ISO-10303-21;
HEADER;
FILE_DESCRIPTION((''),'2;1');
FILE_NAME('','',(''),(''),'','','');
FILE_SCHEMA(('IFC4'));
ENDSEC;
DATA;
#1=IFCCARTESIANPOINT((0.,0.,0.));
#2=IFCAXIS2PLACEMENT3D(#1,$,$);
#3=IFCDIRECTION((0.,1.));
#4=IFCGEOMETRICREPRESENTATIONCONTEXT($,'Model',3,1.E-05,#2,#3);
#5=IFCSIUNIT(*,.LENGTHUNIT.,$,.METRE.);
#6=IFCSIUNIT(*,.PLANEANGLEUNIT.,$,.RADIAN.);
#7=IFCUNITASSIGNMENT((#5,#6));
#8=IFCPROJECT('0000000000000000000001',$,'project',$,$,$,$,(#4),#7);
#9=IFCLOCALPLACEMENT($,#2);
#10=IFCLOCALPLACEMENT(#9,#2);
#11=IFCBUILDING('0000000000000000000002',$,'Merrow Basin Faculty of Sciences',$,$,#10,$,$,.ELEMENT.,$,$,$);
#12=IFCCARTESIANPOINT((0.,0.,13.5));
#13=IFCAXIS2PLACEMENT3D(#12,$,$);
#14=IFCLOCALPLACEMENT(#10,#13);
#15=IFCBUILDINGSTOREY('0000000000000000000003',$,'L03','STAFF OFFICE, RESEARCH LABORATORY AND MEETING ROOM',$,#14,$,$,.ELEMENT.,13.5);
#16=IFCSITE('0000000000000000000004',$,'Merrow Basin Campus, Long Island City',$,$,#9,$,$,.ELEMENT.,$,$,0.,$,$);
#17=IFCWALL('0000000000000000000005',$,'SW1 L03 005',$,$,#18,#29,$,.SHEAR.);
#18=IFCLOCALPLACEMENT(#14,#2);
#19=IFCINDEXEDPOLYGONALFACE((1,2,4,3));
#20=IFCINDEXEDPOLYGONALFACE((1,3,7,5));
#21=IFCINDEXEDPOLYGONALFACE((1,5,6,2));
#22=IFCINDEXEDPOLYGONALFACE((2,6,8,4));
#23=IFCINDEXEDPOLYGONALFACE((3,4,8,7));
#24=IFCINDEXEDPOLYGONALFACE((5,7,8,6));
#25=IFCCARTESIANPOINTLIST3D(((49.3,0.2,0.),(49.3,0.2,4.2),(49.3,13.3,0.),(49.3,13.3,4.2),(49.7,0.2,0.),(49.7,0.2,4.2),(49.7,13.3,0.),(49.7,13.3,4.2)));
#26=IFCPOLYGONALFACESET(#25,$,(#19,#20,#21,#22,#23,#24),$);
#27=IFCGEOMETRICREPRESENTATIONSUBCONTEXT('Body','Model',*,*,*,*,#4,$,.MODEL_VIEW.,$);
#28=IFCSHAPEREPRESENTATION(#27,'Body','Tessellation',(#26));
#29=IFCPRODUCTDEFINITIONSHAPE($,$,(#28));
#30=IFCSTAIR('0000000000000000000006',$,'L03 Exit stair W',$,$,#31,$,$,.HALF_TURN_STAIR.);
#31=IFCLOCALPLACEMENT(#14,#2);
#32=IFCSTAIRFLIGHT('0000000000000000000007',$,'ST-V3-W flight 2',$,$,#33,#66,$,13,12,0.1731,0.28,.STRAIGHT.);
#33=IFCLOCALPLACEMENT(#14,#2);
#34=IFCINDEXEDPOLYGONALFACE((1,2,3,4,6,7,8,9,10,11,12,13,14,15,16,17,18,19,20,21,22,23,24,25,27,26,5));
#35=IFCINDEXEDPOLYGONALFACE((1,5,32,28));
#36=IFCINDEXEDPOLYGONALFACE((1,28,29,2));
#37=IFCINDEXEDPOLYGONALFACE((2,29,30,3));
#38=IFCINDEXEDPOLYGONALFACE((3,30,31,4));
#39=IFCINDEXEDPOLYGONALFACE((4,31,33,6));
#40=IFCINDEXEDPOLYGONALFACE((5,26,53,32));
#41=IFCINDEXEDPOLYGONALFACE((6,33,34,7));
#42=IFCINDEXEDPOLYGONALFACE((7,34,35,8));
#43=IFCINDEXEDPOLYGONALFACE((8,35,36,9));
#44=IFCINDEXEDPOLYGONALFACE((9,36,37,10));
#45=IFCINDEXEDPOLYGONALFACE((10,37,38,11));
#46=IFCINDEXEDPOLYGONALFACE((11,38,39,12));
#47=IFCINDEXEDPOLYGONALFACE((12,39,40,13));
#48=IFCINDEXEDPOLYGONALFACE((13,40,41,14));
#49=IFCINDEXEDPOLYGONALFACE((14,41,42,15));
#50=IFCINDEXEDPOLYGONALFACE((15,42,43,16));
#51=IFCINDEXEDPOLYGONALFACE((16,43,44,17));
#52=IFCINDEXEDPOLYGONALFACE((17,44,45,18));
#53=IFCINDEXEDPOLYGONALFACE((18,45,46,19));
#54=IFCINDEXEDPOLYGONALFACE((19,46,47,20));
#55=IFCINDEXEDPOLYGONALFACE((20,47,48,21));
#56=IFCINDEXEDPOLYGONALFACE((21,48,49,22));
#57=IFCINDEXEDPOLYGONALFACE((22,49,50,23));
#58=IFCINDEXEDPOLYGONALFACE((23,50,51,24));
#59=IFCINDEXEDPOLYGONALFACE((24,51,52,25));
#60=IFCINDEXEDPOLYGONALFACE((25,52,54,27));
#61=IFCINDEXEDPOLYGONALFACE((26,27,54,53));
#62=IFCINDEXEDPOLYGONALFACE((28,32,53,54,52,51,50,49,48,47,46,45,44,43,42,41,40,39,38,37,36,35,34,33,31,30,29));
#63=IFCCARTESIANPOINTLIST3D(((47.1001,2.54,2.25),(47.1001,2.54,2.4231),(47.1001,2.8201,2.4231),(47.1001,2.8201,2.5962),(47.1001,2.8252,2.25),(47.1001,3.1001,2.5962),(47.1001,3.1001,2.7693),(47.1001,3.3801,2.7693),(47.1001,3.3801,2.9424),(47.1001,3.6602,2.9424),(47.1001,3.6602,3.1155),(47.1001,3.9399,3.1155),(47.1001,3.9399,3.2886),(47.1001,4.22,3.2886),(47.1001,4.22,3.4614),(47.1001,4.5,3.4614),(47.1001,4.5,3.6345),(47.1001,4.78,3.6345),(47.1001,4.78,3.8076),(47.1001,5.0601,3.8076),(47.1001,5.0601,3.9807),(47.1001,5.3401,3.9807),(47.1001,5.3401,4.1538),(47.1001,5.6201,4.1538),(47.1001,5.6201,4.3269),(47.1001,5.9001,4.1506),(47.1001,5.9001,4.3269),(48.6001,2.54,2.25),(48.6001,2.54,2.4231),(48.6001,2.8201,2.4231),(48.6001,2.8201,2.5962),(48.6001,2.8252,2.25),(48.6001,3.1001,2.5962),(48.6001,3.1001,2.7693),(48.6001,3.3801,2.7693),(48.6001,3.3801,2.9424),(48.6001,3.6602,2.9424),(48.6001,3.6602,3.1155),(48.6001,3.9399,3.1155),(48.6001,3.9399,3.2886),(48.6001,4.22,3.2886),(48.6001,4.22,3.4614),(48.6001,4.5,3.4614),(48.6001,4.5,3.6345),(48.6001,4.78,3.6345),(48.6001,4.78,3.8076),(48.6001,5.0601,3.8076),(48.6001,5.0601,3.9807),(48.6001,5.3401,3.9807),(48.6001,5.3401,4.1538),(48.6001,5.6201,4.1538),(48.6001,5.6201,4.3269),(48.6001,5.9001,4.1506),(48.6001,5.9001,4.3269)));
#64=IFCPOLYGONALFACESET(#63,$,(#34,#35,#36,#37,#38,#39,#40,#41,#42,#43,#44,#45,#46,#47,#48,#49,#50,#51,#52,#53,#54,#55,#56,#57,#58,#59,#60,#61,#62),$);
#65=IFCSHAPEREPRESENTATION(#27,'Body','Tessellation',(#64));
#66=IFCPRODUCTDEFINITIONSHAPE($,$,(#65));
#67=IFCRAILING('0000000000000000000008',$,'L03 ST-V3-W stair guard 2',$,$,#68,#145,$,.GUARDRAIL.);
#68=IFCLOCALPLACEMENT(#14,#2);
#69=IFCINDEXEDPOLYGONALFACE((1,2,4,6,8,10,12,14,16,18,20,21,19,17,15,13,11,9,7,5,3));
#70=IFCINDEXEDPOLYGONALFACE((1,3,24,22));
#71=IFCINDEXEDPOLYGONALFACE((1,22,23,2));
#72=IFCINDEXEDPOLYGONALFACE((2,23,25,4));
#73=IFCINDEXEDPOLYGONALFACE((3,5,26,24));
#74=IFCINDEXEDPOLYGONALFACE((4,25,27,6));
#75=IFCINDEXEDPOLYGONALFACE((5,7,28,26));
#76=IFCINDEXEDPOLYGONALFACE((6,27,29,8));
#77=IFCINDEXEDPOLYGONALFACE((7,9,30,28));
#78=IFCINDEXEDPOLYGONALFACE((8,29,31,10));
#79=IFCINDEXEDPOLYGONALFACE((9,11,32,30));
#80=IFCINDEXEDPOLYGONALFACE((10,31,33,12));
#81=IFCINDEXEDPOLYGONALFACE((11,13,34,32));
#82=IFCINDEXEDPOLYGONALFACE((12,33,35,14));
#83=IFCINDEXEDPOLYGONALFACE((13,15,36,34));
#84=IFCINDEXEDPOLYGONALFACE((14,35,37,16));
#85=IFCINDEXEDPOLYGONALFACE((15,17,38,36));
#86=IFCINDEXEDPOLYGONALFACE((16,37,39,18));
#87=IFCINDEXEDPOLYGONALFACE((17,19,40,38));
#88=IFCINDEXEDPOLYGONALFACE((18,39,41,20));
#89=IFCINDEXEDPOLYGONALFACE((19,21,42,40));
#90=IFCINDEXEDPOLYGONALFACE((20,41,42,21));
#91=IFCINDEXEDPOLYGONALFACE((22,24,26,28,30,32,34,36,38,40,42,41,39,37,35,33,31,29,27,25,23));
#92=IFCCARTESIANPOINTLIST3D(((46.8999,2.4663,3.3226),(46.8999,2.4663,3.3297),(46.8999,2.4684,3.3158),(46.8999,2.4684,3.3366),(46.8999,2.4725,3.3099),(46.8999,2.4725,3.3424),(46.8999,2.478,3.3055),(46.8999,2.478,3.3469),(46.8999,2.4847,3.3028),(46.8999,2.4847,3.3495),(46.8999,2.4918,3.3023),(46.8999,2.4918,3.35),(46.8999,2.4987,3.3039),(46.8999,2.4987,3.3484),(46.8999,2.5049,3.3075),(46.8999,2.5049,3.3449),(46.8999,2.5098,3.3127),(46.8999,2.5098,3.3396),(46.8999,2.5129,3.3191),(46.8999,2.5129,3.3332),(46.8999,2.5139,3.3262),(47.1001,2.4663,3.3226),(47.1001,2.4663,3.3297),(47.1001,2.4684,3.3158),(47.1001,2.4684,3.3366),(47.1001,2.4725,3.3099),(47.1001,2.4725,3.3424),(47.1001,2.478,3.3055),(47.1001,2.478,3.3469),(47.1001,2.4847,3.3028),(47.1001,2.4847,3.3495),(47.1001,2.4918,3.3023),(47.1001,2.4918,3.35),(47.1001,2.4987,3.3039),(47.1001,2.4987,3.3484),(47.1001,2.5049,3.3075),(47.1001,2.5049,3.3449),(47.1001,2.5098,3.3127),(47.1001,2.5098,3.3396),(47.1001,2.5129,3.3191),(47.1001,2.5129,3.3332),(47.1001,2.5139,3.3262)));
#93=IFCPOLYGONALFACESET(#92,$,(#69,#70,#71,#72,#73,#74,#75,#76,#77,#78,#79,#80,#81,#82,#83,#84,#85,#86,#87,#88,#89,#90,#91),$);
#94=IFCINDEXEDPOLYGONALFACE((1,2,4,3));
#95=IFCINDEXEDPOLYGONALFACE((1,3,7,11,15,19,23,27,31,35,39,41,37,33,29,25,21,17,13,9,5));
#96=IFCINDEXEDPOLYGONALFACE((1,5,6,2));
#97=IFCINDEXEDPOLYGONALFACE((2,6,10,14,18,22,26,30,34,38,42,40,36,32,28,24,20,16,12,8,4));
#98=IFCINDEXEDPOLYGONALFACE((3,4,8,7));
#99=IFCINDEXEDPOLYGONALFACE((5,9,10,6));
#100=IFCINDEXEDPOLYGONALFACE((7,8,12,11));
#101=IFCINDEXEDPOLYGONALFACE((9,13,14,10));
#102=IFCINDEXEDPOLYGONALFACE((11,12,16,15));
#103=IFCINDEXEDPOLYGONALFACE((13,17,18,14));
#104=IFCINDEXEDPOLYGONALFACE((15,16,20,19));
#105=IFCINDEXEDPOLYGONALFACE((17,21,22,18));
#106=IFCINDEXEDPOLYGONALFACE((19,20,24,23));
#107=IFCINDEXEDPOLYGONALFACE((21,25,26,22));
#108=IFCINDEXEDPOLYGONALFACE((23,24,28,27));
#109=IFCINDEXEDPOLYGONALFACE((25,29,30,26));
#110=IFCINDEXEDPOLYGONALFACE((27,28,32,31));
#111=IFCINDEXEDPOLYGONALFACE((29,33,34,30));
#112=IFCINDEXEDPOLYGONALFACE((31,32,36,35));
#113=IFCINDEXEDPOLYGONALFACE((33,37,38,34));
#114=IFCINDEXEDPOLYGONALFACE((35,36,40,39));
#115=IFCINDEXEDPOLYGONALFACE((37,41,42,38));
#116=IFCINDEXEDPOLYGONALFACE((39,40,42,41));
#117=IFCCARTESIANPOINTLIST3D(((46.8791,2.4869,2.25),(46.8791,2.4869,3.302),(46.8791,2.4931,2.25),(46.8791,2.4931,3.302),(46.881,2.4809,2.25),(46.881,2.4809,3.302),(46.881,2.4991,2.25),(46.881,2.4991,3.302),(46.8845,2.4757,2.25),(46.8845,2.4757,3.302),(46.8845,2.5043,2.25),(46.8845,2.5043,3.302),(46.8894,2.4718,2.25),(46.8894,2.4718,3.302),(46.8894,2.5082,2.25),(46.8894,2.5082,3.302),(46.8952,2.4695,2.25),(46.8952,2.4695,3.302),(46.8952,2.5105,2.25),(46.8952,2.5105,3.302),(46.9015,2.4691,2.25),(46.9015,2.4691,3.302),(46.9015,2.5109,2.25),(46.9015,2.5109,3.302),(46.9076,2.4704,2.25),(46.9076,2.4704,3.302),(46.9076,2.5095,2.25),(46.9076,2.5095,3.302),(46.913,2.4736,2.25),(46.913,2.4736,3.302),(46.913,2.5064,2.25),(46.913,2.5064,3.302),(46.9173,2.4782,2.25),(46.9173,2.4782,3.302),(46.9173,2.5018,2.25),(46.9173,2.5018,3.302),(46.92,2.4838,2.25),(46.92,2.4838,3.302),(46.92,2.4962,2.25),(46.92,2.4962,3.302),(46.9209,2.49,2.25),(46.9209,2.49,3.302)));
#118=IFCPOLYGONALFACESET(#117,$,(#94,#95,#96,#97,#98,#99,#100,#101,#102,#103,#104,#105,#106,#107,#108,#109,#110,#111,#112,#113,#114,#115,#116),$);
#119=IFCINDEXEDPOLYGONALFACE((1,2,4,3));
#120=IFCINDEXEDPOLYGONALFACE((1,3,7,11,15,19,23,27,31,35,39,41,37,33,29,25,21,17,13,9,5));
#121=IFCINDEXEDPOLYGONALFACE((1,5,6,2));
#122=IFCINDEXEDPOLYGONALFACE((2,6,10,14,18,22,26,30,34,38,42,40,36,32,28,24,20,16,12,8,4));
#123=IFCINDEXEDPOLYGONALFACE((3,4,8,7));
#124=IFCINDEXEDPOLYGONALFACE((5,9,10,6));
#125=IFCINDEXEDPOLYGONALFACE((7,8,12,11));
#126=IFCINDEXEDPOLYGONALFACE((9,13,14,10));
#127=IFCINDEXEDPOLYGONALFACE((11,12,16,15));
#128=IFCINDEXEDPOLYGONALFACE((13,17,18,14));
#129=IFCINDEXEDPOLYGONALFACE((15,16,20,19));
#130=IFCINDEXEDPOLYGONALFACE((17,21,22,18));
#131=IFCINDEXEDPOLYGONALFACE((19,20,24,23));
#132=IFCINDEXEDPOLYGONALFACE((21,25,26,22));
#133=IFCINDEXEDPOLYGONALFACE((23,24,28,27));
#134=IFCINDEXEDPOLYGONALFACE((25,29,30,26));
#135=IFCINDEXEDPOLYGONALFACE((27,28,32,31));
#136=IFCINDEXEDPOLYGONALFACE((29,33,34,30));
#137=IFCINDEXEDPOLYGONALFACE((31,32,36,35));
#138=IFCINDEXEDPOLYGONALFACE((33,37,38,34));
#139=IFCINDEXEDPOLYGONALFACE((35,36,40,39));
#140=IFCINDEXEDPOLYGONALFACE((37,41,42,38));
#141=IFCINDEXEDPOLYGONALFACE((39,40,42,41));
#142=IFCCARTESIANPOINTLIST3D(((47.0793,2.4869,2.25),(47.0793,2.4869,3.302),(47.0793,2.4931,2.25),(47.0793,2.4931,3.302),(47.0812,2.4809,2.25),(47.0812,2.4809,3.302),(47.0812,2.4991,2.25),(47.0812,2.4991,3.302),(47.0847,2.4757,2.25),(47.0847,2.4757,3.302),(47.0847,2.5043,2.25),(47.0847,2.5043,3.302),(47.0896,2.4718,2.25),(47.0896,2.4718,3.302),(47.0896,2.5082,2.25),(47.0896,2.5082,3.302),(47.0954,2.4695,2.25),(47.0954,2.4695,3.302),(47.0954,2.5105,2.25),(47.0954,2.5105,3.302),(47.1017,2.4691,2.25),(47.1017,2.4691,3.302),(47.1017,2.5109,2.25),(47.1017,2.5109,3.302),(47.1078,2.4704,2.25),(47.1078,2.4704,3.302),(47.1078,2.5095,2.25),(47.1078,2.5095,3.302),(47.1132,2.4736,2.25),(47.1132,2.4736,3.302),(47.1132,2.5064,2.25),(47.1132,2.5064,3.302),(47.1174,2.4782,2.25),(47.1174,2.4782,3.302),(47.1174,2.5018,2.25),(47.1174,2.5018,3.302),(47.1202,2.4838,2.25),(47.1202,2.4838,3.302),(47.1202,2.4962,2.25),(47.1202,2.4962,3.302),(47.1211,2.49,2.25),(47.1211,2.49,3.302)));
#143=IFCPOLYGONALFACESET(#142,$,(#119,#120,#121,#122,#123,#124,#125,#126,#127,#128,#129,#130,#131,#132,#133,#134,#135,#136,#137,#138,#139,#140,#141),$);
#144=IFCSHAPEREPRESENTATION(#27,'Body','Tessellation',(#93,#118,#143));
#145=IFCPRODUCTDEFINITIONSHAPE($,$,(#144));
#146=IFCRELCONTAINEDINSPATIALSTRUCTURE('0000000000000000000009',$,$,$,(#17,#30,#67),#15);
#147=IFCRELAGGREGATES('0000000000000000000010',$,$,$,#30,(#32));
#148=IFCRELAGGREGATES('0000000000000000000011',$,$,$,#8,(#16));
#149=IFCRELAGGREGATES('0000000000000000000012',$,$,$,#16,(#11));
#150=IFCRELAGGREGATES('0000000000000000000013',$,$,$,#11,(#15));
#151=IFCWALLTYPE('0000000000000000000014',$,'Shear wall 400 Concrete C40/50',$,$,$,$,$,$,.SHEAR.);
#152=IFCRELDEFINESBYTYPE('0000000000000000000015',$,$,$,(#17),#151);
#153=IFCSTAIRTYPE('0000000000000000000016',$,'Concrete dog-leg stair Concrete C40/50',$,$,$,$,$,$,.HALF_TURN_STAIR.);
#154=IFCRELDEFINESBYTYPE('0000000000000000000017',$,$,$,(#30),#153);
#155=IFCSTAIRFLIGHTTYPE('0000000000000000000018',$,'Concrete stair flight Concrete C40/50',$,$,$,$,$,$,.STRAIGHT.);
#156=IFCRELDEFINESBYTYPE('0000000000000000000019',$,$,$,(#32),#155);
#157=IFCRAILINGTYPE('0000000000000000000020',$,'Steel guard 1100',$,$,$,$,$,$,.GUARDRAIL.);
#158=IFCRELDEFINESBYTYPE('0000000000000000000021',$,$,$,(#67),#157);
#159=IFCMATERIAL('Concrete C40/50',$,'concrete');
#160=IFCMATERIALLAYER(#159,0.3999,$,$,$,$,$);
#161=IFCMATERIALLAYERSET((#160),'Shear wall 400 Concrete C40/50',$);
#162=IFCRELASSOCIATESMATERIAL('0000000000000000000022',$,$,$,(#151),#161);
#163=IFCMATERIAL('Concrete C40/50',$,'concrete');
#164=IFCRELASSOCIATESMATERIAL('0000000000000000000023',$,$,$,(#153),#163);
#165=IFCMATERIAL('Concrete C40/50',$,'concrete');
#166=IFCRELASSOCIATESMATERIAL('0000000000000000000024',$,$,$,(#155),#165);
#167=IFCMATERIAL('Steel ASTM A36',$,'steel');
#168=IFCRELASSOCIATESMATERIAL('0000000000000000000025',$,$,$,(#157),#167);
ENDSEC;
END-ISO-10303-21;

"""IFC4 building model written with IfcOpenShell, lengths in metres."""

from ifc_helpers import new_model, si_unit, direction, frame, frame_2d, origin, origin_2d, place, context, subcontext, project, spatial, polyline, rectangle, circle, outline, extrude, material, layer, layer_set, type_object, element, aggregate, save


model = new_model("IFC4")

# Units and contexts
model_context = context("Model", 3, precision=1e-05, world=origin(), true_north=direction((0.0, 1.0)))
body_context = subcontext(model_context, "Body", "Model", "MODEL_VIEW")
ifc_project = project(units=[si_unit("LENGTHUNIT", "METRE"), si_unit("PLANEANGLEUNIT", "RADIAN")], contexts=[model_context])

# Site, building, storey
site_placement = place(None, origin())
site = spatial("IfcSite", under=ifc_project, at=site_placement, Name="Merrow Basin Campus, Long Island City", CompositionType="ELEMENT", RefElevation=0.0)
building_placement = place(site_placement, origin())
building = spatial("IfcBuilding", under=site, at=building_placement, Name="Merrow Basin Faculty of Sciences", CompositionType="ELEMENT")
storey_placement = place(building_placement, frame((0.0, 0.0, 13.5)))
storey = spatial("IfcBuildingStorey", under=building, at=storey_placement, Name="L03", Description="STAFF OFFICE, RESEARCH LABORATORY AND MEETING ROOM", CompositionType="ELEMENT", Elevation=13.5)

# Wall
ifc_material_1 = material(Name="Concrete C40/50", Category="concrete")
ifc_layer_1 = layer(ifc_material_1, 0.3999)
ifc_layer_set_1 = layer_set([ifc_layer_1], Name="Shear wall 400 Concrete C40/50")
wall_type_1 = type_object("IfcWallType", Name="Shear wall 400 Concrete C40/50", PredefinedType="SHEAR", material=ifc_layer_set_1)
wall_1_placement = place(storey_placement, frame((49.5, 0.2, 0.0), z_axis=(0.0, 0.0, 1.0), x_axis=(0.0, 1.0, 0.0)))
element("IfcWall", 1, at=wall_1_placement, inside=storey, type_object=wall_type_1, Name="SW1 L03 005", PredefinedType="SHEAR", context=body_context, shape_type="SweptSolid", body=[
    extrude(rectangle(XDim=13.1001, YDim=0.3999, at=frame_2d((6.55, 0.0))), origin(), (0.0, 0.0, 1.0), 4.2),
])

# Stair, stair flight
ifc_material_2 = material(Name="Concrete C40/50", Category="concrete")
stair_type = type_object("IfcStairType", Name="Concrete dog-leg stair Concrete C40/50", PredefinedType="HALF_TURN_STAIR", material=ifc_material_2)
stair_placement = place(storey_placement, origin())
stair = element("IfcStair", 2, at=stair_placement, inside=storey, type_object=stair_type, Name="L03 Exit stair W", PredefinedType="HALF_TURN_STAIR")
ifc_material_3 = material(Name="Concrete C40/50", Category="concrete")
stair_flight_type = type_object("IfcStairFlightType", Name="Concrete stair flight Concrete C40/50", PredefinedType="STRAIGHT", material=ifc_material_3)
stair_flight_placement = place(storey_placement, frame((47.8501, 2.54, 2.25), z_axis=(0.0, 0.0, 1.0), x_axis=(0.0, 1.0, 0.0)))
stair_flight = element("IfcStairFlight", 3, at=stair_flight_placement, type_object=stair_flight_type, Name="ST-V3-W flight 2", NumberOfRisers=13, NumberOfTreads=12, PredefinedType="STRAIGHT", RiserHeight=0.1731, TreadLength=0.28, context=body_context, shape_type="SweptSolid", body=[
    extrude(outline(polyline([(0.0, 0.0), (0.0, 0.1731), (0.28, 0.1731), (0.28, 0.3462), (0.5601, 0.3462), (0.5601, 0.5193), (0.8401, 0.5193), (0.8401, 0.6924), (1.1201, 0.6924), (1.1201, 0.8655), (1.3999, 0.8655), (1.3999, 1.0386), (1.6799, 1.0386), (1.6799, 1.2114), (1.96, 1.2114), (1.96, 1.3845), (2.24, 1.3845), (2.24, 1.5576), (2.52, 1.5576), (2.52, 1.7307), (2.8, 1.7307), (2.8, 1.9038), (3.0801, 1.9038), (3.0801, 2.0769), (3.3601, 2.0769), (3.3601, 2.25), (3.3601, 1.9006), (0.2852, 0.0), (0.0, 0.0)])), frame((0.0, 0.75, 0.0), z_axis=(0.0, -1.0, 0.0), x_axis=(1.0, 0.0, 0.0)), (0.0, 0.0, 1.0), 1.5),
])
aggregate(stair, [stair_flight])

# Railing
ifc_material_4 = material(Name="Steel ASTM A36", Category="steel")
railing_type = type_object("IfcRailingType", Name="Steel guard 1100", PredefinedType="GUARDRAIL", material=ifc_material_4)
railing_1_placement = place(storey_placement, frame((46.8999, 2.49, 2.25)))
element("IfcRailing", 4, at=railing_1_placement, inside=storey, type_object=railing_type, Name="L03 ST-V3-W stair guard 2", PredefinedType="GUARDRAIL", context=body_context, shape_type="SweptSolid", body=[
    extrude(circle(Radius=0.0239, at=origin_2d()), frame((0.0, 0.0, 1.0762), z_axis=(1.0, 0.0, 0.0), x_axis=(0.0, 1.0, 0.0)), (0.0, 0.0, 1.0), 0.2002),
    extrude(circle(Radius=0.021, at=origin_2d()), origin(), (0.0, 0.0, 1.0), 1.052),
    extrude(circle(Radius=0.021, at=origin_2d()), frame((0.2002, 0.0, 0.0)), (0.0, 0.0, 1.0), 1.052),
])

save(model, "model.ifc")
